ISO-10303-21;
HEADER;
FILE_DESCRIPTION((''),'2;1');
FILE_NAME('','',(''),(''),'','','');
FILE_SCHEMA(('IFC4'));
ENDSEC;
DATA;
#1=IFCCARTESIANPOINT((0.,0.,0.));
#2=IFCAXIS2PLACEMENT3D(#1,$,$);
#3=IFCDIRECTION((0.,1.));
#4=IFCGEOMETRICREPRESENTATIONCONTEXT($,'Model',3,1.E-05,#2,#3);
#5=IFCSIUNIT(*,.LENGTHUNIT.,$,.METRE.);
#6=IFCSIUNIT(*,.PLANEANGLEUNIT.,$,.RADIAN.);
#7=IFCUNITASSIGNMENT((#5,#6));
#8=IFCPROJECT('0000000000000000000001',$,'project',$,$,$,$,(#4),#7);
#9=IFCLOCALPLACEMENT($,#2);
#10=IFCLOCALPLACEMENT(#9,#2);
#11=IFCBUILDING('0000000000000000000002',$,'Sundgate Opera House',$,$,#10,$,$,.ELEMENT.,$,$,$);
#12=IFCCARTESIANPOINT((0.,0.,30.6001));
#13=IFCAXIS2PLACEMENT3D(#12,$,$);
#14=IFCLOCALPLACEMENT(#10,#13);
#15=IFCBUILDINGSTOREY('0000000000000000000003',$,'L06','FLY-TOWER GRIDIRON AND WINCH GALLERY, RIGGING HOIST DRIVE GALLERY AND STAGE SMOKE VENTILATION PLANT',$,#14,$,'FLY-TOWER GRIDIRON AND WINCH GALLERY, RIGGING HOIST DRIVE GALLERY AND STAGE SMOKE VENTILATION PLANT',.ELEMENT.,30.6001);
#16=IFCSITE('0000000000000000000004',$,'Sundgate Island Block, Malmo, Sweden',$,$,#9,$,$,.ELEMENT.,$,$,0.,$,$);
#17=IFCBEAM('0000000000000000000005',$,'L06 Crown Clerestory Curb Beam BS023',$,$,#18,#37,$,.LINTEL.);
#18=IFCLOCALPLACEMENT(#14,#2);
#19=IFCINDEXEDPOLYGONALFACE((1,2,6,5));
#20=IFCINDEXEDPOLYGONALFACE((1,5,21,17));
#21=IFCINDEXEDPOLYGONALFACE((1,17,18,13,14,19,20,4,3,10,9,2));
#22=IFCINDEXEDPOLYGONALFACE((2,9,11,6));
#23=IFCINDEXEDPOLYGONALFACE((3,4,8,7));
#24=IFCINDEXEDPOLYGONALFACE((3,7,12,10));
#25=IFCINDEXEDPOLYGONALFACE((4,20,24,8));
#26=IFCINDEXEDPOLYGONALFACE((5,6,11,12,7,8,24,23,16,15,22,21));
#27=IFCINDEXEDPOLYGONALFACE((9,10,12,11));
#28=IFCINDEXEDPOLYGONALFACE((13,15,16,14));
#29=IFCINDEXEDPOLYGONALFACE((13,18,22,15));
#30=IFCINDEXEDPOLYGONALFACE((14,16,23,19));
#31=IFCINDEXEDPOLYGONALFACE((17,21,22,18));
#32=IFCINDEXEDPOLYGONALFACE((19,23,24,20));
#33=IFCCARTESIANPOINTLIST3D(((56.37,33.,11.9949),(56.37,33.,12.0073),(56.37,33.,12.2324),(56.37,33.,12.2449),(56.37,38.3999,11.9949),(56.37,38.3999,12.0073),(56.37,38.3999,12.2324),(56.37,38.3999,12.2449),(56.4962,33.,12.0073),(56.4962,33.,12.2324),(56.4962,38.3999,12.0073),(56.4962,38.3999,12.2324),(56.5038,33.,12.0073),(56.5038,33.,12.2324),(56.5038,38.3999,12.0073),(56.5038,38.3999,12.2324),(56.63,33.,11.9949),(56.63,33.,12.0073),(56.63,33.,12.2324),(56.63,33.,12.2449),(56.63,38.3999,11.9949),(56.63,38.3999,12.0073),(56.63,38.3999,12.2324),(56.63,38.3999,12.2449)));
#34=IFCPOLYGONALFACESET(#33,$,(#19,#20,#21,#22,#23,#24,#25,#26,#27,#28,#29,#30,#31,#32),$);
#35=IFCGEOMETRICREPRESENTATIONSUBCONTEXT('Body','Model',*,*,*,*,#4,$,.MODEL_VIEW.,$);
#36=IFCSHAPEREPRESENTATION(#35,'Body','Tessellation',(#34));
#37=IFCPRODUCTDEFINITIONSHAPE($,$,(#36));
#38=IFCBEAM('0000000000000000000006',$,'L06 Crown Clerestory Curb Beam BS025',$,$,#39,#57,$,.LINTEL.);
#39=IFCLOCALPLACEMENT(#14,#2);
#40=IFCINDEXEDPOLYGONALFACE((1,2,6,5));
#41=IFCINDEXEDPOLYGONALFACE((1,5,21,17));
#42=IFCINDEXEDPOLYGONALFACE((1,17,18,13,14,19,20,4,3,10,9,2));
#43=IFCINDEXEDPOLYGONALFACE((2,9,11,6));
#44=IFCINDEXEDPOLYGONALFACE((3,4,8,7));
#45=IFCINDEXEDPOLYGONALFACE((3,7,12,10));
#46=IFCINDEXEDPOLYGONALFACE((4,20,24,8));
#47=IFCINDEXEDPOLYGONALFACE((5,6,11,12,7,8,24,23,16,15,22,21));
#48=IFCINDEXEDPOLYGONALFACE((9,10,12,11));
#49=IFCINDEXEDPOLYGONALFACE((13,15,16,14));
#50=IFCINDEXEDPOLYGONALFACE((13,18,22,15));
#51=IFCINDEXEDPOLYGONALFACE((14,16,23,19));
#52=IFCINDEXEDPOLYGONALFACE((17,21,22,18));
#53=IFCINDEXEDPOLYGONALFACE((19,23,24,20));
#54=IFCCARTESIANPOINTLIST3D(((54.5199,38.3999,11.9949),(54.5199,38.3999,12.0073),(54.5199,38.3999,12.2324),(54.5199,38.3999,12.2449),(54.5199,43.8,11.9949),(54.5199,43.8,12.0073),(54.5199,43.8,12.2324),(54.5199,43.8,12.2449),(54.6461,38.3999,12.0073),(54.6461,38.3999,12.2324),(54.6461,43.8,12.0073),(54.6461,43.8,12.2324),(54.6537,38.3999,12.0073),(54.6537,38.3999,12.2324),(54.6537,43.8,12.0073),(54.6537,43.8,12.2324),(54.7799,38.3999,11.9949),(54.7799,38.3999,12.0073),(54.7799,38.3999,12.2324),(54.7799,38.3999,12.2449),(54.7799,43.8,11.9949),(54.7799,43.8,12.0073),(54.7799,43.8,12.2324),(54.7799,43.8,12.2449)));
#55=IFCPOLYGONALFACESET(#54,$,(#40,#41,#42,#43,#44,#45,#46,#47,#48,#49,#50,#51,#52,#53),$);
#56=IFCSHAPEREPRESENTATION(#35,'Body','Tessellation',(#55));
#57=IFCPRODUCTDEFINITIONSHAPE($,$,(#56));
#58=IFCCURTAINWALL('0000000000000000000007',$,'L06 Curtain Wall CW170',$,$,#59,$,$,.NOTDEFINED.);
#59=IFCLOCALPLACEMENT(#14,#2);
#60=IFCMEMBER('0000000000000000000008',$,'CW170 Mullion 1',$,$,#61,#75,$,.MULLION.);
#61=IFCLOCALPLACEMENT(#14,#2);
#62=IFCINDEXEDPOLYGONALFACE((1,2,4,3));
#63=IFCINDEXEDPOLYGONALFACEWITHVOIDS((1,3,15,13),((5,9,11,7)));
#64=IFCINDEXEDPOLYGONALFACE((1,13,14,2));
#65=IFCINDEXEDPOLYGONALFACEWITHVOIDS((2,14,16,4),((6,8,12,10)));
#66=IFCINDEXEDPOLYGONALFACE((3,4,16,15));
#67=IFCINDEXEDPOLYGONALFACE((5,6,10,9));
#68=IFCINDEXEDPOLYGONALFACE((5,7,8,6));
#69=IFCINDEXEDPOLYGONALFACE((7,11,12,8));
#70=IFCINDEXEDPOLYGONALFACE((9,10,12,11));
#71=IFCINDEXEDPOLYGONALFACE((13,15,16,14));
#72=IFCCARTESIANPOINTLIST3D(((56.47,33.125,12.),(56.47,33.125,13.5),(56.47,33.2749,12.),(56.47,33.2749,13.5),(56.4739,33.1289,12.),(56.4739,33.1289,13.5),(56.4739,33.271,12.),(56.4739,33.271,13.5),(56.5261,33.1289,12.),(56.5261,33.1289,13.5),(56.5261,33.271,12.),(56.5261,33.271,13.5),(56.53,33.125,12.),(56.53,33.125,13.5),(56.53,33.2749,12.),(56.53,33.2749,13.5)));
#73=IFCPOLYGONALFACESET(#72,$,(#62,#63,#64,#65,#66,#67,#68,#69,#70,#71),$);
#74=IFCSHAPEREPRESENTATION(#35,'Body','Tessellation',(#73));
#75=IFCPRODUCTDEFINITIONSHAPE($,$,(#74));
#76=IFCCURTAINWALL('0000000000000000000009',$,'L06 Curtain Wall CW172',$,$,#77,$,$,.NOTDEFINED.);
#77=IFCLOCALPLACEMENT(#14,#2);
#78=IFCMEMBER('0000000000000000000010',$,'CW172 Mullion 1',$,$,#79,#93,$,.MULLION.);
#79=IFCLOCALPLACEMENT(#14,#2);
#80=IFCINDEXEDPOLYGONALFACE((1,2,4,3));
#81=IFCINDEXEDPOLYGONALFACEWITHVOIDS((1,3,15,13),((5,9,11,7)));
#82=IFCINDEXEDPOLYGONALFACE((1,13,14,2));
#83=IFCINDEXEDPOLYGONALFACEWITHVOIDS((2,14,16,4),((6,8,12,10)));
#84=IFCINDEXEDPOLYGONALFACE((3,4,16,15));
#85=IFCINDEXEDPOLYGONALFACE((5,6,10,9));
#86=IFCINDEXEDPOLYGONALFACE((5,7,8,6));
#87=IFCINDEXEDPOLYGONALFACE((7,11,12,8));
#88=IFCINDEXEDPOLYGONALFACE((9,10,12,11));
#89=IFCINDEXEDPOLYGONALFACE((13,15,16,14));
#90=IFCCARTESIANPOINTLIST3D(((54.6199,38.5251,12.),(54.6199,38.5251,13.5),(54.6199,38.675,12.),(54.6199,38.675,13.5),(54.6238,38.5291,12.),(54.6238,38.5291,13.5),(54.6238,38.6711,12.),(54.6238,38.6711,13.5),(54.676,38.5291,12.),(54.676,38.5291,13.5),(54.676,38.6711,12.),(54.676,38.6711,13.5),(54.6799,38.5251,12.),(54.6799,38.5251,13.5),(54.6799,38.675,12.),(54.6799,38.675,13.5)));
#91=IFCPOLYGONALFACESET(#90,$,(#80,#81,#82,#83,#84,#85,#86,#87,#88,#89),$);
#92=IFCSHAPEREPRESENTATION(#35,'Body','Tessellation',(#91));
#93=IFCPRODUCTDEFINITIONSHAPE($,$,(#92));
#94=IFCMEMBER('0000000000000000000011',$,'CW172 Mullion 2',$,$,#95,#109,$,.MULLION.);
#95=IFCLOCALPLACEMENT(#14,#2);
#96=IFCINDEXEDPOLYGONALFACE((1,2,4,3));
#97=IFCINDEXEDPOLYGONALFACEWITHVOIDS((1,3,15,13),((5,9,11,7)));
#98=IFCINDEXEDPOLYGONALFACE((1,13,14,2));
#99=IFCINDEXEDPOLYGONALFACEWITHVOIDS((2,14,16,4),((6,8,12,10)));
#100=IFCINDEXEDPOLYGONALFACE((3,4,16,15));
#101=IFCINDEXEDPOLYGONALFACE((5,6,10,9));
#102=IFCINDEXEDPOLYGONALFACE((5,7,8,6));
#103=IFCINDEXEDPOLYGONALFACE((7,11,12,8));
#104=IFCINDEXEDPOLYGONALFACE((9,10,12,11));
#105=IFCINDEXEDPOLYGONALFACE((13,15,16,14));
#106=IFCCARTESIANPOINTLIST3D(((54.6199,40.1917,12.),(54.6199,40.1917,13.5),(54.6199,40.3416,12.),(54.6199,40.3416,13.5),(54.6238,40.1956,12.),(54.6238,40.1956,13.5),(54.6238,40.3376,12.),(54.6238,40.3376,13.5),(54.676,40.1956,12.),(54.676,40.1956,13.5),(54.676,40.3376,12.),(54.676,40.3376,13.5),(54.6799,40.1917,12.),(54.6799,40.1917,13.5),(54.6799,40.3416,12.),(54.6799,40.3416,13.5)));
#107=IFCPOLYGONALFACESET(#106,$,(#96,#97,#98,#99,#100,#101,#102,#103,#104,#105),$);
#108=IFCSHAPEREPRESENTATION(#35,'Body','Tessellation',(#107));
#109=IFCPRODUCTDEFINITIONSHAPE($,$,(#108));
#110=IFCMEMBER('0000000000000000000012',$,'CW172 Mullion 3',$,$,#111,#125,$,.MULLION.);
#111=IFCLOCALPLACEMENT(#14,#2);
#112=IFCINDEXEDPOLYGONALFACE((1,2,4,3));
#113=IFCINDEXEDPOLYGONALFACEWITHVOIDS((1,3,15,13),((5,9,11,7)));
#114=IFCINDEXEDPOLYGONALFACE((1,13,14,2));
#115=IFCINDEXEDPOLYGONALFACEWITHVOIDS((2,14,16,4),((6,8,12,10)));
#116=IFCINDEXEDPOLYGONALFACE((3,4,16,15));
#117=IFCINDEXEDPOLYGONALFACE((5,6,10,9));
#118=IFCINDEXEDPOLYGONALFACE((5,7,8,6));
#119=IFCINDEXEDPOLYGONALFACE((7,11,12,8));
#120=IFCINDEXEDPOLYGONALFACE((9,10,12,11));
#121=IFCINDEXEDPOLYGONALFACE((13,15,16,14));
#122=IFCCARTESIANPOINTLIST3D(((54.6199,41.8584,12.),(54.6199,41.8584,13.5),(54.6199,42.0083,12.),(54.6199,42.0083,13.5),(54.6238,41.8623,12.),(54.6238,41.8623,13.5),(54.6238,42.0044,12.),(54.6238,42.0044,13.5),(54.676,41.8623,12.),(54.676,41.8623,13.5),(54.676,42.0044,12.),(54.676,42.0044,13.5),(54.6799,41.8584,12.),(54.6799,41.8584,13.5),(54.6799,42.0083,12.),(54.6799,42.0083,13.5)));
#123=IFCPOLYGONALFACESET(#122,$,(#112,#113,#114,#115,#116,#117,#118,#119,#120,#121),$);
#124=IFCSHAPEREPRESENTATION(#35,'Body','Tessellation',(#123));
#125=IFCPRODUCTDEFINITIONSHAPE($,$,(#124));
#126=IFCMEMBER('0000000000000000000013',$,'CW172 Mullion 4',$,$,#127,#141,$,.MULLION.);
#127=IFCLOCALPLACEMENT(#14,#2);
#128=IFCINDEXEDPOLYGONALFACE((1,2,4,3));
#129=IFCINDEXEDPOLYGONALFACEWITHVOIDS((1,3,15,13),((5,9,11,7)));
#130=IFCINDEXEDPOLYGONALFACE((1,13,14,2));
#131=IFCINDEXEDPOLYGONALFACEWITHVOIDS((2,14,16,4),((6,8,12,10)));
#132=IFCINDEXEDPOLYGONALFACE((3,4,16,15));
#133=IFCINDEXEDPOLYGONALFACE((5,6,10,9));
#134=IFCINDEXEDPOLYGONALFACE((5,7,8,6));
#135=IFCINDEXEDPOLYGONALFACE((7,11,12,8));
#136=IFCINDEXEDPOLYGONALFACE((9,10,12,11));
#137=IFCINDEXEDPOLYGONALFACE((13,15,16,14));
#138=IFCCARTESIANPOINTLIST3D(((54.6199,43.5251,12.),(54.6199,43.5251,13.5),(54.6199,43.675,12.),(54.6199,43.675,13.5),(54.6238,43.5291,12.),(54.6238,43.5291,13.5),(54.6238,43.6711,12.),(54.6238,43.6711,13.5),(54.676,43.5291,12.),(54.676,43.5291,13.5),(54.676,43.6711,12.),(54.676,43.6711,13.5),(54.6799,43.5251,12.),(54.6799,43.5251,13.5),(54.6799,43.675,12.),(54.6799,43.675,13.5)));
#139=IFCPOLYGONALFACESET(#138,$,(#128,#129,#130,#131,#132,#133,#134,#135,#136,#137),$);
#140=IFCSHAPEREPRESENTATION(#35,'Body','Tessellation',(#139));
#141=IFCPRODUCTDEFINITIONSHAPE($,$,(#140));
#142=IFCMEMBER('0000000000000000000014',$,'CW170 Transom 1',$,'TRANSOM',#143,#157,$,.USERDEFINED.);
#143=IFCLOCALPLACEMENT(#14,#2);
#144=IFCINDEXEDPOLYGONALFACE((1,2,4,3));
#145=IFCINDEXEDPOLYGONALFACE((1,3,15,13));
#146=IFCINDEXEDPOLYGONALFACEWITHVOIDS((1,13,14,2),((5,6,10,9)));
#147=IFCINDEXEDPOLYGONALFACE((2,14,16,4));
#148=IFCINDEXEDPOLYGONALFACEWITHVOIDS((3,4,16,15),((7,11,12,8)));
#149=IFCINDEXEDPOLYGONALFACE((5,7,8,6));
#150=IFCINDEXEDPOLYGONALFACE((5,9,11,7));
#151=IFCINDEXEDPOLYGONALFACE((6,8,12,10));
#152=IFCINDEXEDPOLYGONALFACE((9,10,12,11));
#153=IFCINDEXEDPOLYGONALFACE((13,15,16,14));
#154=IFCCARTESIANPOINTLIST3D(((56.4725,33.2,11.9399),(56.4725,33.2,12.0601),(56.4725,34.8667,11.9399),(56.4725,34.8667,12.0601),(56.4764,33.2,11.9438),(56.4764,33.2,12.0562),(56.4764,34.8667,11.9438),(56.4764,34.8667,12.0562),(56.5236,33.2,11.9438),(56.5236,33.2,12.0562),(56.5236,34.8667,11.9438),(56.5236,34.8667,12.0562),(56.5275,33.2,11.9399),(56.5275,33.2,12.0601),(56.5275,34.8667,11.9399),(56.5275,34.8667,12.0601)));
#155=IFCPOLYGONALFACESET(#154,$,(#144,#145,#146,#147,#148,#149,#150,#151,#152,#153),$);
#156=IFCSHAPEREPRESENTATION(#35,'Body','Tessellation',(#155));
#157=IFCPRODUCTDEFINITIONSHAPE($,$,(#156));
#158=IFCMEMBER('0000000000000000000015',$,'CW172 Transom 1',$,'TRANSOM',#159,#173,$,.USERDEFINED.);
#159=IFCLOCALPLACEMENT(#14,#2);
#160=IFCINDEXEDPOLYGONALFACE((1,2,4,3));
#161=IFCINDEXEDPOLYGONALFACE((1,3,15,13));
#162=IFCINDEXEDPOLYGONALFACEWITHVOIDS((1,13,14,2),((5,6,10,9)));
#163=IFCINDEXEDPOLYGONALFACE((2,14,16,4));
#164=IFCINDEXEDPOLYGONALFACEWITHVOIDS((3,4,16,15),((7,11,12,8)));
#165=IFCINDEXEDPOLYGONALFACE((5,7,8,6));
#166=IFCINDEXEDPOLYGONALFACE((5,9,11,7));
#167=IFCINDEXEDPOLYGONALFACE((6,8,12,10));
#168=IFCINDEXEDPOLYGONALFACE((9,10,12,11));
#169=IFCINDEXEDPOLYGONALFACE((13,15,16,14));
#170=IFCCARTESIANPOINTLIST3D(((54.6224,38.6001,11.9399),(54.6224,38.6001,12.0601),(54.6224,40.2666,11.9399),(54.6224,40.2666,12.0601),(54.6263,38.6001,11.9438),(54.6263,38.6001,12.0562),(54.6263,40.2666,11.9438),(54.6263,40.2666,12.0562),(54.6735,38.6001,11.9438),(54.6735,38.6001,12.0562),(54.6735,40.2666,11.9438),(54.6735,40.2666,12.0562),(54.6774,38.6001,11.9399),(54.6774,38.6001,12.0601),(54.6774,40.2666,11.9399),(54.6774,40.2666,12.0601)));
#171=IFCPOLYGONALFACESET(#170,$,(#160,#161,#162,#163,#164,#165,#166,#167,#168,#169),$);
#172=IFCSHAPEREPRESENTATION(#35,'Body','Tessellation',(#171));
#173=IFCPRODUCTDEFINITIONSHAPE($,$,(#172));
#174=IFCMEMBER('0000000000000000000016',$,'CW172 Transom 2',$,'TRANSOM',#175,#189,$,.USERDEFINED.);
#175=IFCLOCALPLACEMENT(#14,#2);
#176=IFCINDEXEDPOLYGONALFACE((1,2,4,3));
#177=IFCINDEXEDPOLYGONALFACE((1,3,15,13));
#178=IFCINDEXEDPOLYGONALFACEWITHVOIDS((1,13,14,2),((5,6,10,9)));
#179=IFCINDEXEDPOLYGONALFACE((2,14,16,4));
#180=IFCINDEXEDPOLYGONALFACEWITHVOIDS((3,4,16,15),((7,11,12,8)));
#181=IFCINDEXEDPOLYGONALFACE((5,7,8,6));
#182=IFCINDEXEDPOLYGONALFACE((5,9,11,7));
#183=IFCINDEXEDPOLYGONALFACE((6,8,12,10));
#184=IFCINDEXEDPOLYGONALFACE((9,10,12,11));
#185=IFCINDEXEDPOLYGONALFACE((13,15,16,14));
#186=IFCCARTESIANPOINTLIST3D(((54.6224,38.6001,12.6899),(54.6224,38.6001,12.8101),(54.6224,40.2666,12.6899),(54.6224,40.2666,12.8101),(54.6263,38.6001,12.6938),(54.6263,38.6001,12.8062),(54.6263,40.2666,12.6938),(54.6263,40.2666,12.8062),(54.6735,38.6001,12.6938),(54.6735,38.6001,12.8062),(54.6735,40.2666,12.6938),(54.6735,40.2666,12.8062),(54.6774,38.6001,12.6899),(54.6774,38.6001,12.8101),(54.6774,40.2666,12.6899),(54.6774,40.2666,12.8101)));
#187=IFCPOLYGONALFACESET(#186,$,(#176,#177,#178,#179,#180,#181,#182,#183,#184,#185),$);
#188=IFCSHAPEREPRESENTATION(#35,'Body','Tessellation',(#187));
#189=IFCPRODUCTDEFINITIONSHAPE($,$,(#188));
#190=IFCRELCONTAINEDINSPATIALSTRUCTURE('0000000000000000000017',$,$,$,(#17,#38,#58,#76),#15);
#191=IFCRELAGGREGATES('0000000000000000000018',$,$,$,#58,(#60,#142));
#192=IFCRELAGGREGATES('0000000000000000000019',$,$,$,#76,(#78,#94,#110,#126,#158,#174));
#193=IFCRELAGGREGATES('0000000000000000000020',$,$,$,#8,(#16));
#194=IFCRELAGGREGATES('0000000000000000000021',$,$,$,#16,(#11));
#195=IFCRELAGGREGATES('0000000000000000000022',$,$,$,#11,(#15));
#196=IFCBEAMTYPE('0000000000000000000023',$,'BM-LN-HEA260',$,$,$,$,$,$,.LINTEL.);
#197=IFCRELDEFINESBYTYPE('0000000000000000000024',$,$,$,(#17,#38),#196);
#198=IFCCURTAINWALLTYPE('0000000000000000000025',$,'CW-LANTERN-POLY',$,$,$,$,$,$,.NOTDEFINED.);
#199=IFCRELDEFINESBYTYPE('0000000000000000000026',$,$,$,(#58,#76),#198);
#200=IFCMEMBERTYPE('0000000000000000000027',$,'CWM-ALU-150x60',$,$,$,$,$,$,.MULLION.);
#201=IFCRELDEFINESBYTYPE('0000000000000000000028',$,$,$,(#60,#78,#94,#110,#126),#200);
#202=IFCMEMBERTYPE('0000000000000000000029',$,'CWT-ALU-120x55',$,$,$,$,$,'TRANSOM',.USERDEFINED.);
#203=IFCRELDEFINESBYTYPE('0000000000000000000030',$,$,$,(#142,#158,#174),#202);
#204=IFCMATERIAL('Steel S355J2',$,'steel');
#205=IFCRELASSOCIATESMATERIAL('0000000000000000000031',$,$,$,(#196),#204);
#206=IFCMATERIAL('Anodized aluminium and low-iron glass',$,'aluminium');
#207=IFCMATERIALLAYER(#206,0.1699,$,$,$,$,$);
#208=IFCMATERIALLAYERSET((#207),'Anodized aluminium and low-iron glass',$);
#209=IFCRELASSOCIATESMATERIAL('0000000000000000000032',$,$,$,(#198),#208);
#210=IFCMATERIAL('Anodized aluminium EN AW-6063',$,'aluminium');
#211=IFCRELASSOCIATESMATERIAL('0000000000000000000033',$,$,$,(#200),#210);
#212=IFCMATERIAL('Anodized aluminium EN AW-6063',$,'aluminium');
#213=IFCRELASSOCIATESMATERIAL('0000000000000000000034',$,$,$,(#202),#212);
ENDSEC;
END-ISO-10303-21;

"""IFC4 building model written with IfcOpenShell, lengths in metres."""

from ifc_helpers import new_model, si_unit, direction, frame, origin, origin_2d, place, context, subcontext, project, spatial, hollow_rectangle, i_section, extrude, material, layer, layer_set, material_profile, profile_set, type_object, element, aggregate, save


model = new_model("IFC4")

# Units and contexts
model_context = context("Model", 3, precision=1e-05, world=origin(), true_north=direction((0.0, 1.0)))
body_context = subcontext(model_context, "Body", "Model", "MODEL_VIEW")
ifc_project = project(units=[si_unit("LENGTHUNIT", "METRE"), si_unit("PLANEANGLEUNIT", "RADIAN")], contexts=[model_context])

# Site, building, storey
site_placement = place(None, origin())
site = spatial("IfcSite", under=ifc_project, at=site_placement, Name="Sundgate Island Block, Malmo, Sweden", CompositionType="ELEMENT", RefElevation=0.0)
building_placement = place(site_placement, origin())
building = spatial("IfcBuilding", under=site, at=building_placement, Name="Sundgate Opera House", CompositionType="ELEMENT")
storey_placement = place(building_placement, frame((0.0, 0.0, 30.6001)))
storey = spatial("IfcBuildingStorey", under=building, at=storey_placement, Name="L06", Description="FLY-TOWER GRIDIRON AND WINCH GALLERY, RIGGING HOIST DRIVE GALLERY AND STAGE SMOKE VENTILATION PLANT", LongName="FLY-TOWER GRIDIRON AND WINCH GALLERY, RIGGING HOIST DRIVE GALLERY AND STAGE SMOKE VENTILATION PLANT", CompositionType="ELEMENT", Elevation=30.6001)

# Beams
ifc_material_1 = material(Name="Steel S355J2", Category="steel")
ifc_material_profile_1 = material_profile(ifc_material_1, i_section(OverallWidth=0.26, OverallDepth=0.25, WebThickness=0.0076, FlangeThickness=0.0125, at=origin_2d()), Name="HEA 260")
ifc_profile_set_1 = profile_set([ifc_material_profile_1], Name="Steel S355J2")
beam_type = type_object("IfcBeamType", Name="BM-LN-HEA260", PredefinedType="LINTEL", material=ifc_profile_set_1)
beam_1_placement = place(storey_placement, frame((56.5, 33.0, 12.1199), z_axis=(0.0, 1.0, 0.0), x_axis=(-1.0, 0.0, 0.0)))
element("IfcBeam", 1, at=beam_1_placement, inside=storey, type_object=beam_type, Name="L06 Crown Clerestory Curb Beam BS023", PredefinedType="LINTEL", context=body_context, shape_type="SweptSolid", body=[
    extrude(i_section(OverallWidth=0.26, OverallDepth=0.25, WebThickness=0.0076, FlangeThickness=0.0125, at=origin_2d()), origin(), (0.0, 0.0, 1.0), 5.3999),
])
beam_2_placement = place(storey_placement, frame((54.6499, 38.3999, 12.1199), z_axis=(0.0, 1.0, 0.0), x_axis=(-1.0, 0.0, 0.0)))
element("IfcBeam", 2, at=beam_2_placement, inside=storey, type_object=beam_type, Name="L06 Crown Clerestory Curb Beam BS025", PredefinedType="LINTEL", context=body_context, shape_type="SweptSolid", body=[
    extrude(i_section(OverallWidth=0.26, OverallDepth=0.25, WebThickness=0.0076, FlangeThickness=0.0125, at=origin_2d()), origin(), (0.0, 0.0, 1.0), 5.4001),
])

# Curtain wall, member
ifc_material_2 = material(Name="Anodized aluminium and low-iron glass", Category="aluminium")
ifc_layer_1 = layer(ifc_material_2, 0.1699)
ifc_layer_set_1 = layer_set([ifc_layer_1], Name="Anodized aluminium and low-iron glass")
curtain_wall_type = type_object("IfcCurtainWallType", Name="CW-LANTERN-POLY", PredefinedType="NOTDEFINED", material=ifc_layer_set_1)
curtain_wall_1_placement = place(storey_placement, origin())
curtain_wall_1 = element("IfcCurtainWall", 3, at=curtain_wall_1_placement, inside=storey, type_object=curtain_wall_type, Name="L06 Curtain Wall CW170", PredefinedType="NOTDEFINED")
ifc_material_3 = material(Name="Anodized aluminium EN AW-6063", Category="aluminium")
ifc_material_profile_2 = material_profile(ifc_material_3, hollow_rectangle(XDim=0.0601, YDim=0.1499, WallThickness=0.0039, at=origin_2d()), Name="CWM 150x60x4")
ifc_profile_set_2 = profile_set([ifc_material_profile_2], Name="Anodized aluminium EN AW-6063")
member_type_1 = type_object("IfcMemberType", Name="CWM-ALU-150x60", PredefinedType="MULLION", material=ifc_profile_set_2)
member_1_placement = place(storey_placement, frame((56.5, 33.2, 12.0), z_axis=(0.0, 0.0, 1.0), x_axis=(1.0, 0.0, 0.0)))
member_1 = element("IfcMember", 4, at=member_1_placement, type_object=member_type_1, Name="CW170 Mullion 1", PredefinedType="MULLION", context=body_context, shape_type="SweptSolid", body=[
    extrude(hollow_rectangle(XDim=0.0601, YDim=0.1499, WallThickness=0.0039, at=origin_2d()), origin(), (0.0, 0.0, 1.0), 1.5),
])

# Curtain wall, members
curtain_wall_2_placement = place(storey_placement, origin())
curtain_wall_2 = element("IfcCurtainWall", 5, at=curtain_wall_2_placement, inside=storey, type_object=curtain_wall_type, Name="L06 Curtain Wall CW172", PredefinedType="NOTDEFINED")
member_2_placement = place(storey_placement, frame((54.6499, 38.6001, 12.0), z_axis=(0.0, 0.0, 1.0), x_axis=(1.0, 0.0, 0.0)))
member_2 = element("IfcMember", 6, at=member_2_placement, type_object=member_type_1, Name="CW172 Mullion 1", PredefinedType="MULLION", context=body_context, shape_type="SweptSolid", body=[
    extrude(hollow_rectangle(XDim=0.0601, YDim=0.1499, WallThickness=0.0039, at=origin_2d()), origin(), (0.0, 0.0, 1.0), 1.5),
])
member_3_placement = place(storey_placement, frame((54.6499, 40.2666, 12.0), z_axis=(0.0, 0.0, 1.0), x_axis=(1.0, 0.0, 0.0)))
member_3 = element("IfcMember", 7, at=member_3_placement, type_object=member_type_1, Name="CW172 Mullion 2", PredefinedType="MULLION", context=body_context, shape_type="SweptSolid", body=[
    extrude(hollow_rectangle(XDim=0.0601, YDim=0.1499, WallThickness=0.0039, at=origin_2d()), origin(), (0.0, 0.0, 1.0), 1.5),
])
member_4_placement = place(storey_placement, frame((54.6499, 41.9333, 12.0), z_axis=(0.0, 0.0, 1.0), x_axis=(1.0, 0.0, 0.0)))
member_4 = element("IfcMember", 8, at=member_4_placement, type_object=member_type_1, Name="CW172 Mullion 3", PredefinedType="MULLION", context=body_context, shape_type="SweptSolid", body=[
    extrude(hollow_rectangle(XDim=0.0601, YDim=0.1499, WallThickness=0.0039, at=origin_2d()), origin(), (0.0, 0.0, 1.0), 1.5),
])
member_5_placement = place(storey_placement, frame((54.6499, 43.6001, 12.0), z_axis=(0.0, 0.0, 1.0), x_axis=(1.0, 0.0, 0.0)))
member_5 = element("IfcMember", 9, at=member_5_placement, type_object=member_type_1, Name="CW172 Mullion 4", PredefinedType="MULLION", context=body_context, shape_type="SweptSolid", body=[
    extrude(hollow_rectangle(XDim=0.0601, YDim=0.1499, WallThickness=0.0039, at=origin_2d()), origin(), (0.0, 0.0, 1.0), 1.5),
])

# Members
ifc_material_4 = material(Name="Anodized aluminium EN AW-6063", Category="aluminium")
ifc_material_profile_3 = material_profile(ifc_material_4, hollow_rectangle(XDim=0.0549, YDim=0.1201, WallThickness=0.0039, at=origin_2d()), Name="CWT 120x55x4")
ifc_profile_set_3 = profile_set([ifc_material_profile_3], Name="Anodized aluminium EN AW-6063")
member_type_2 = type_object("IfcMemberType", Name="CWT-ALU-120x55", ElementType="TRANSOM", PredefinedType="USERDEFINED", material=ifc_profile_set_3)
member_6_placement = place(storey_placement, frame((56.5, 33.2, 12.0), z_axis=(0.0, 1.0, 0.0), x_axis=(-1.0, 0.0, 0.0)))
member_6 = element("IfcMember", 10, at=member_6_placement, type_object=member_type_2, Name="CW170 Transom 1", ObjectType="TRANSOM", PredefinedType="USERDEFINED", context=body_context, shape_type="SweptSolid", body=[
    extrude(hollow_rectangle(XDim=0.0549, YDim=0.1201, WallThickness=0.0039, at=origin_2d()), origin(), (0.0, 0.0, 1.0), 1.6667),
])
aggregate(curtain_wall_1, [member_1, member_6])
member_7_placement = place(storey_placement, frame((54.6499, 38.6001, 12.0), z_axis=(0.0, 1.0, 0.0), x_axis=(-1.0, 0.0, 0.0)))
member_7 = element("IfcMember", 11, at=member_7_placement, type_object=member_type_2, Name="CW172 Transom 1", ObjectType="TRANSOM", PredefinedType="USERDEFINED", context=body_context, shape_type="SweptSolid", body=[
    extrude(hollow_rectangle(XDim=0.0549, YDim=0.1201, WallThickness=0.0039, at=origin_2d()), origin(), (0.0, 0.0, 1.0), 1.6665),
])
member_8_placement = place(storey_placement, frame((54.6499, 38.6001, 12.75), z_axis=(0.0, 1.0, 0.0), x_axis=(-1.0, 0.0, 0.0)))
member_8 = element("IfcMember", 12, at=member_8_placement, type_object=member_type_2, Name="CW172 Transom 2", ObjectType="TRANSOM", PredefinedType="USERDEFINED", context=body_context, shape_type="SweptSolid", body=[
    extrude(hollow_rectangle(XDim=0.0549, YDim=0.1201, WallThickness=0.0039, at=origin_2d()), origin(), (0.0, 0.0, 1.0), 1.6665),
])

aggregate(curtain_wall_2, [member_2, member_3, member_4, member_5, member_7, member_8])

save(model, "model.ifc")
